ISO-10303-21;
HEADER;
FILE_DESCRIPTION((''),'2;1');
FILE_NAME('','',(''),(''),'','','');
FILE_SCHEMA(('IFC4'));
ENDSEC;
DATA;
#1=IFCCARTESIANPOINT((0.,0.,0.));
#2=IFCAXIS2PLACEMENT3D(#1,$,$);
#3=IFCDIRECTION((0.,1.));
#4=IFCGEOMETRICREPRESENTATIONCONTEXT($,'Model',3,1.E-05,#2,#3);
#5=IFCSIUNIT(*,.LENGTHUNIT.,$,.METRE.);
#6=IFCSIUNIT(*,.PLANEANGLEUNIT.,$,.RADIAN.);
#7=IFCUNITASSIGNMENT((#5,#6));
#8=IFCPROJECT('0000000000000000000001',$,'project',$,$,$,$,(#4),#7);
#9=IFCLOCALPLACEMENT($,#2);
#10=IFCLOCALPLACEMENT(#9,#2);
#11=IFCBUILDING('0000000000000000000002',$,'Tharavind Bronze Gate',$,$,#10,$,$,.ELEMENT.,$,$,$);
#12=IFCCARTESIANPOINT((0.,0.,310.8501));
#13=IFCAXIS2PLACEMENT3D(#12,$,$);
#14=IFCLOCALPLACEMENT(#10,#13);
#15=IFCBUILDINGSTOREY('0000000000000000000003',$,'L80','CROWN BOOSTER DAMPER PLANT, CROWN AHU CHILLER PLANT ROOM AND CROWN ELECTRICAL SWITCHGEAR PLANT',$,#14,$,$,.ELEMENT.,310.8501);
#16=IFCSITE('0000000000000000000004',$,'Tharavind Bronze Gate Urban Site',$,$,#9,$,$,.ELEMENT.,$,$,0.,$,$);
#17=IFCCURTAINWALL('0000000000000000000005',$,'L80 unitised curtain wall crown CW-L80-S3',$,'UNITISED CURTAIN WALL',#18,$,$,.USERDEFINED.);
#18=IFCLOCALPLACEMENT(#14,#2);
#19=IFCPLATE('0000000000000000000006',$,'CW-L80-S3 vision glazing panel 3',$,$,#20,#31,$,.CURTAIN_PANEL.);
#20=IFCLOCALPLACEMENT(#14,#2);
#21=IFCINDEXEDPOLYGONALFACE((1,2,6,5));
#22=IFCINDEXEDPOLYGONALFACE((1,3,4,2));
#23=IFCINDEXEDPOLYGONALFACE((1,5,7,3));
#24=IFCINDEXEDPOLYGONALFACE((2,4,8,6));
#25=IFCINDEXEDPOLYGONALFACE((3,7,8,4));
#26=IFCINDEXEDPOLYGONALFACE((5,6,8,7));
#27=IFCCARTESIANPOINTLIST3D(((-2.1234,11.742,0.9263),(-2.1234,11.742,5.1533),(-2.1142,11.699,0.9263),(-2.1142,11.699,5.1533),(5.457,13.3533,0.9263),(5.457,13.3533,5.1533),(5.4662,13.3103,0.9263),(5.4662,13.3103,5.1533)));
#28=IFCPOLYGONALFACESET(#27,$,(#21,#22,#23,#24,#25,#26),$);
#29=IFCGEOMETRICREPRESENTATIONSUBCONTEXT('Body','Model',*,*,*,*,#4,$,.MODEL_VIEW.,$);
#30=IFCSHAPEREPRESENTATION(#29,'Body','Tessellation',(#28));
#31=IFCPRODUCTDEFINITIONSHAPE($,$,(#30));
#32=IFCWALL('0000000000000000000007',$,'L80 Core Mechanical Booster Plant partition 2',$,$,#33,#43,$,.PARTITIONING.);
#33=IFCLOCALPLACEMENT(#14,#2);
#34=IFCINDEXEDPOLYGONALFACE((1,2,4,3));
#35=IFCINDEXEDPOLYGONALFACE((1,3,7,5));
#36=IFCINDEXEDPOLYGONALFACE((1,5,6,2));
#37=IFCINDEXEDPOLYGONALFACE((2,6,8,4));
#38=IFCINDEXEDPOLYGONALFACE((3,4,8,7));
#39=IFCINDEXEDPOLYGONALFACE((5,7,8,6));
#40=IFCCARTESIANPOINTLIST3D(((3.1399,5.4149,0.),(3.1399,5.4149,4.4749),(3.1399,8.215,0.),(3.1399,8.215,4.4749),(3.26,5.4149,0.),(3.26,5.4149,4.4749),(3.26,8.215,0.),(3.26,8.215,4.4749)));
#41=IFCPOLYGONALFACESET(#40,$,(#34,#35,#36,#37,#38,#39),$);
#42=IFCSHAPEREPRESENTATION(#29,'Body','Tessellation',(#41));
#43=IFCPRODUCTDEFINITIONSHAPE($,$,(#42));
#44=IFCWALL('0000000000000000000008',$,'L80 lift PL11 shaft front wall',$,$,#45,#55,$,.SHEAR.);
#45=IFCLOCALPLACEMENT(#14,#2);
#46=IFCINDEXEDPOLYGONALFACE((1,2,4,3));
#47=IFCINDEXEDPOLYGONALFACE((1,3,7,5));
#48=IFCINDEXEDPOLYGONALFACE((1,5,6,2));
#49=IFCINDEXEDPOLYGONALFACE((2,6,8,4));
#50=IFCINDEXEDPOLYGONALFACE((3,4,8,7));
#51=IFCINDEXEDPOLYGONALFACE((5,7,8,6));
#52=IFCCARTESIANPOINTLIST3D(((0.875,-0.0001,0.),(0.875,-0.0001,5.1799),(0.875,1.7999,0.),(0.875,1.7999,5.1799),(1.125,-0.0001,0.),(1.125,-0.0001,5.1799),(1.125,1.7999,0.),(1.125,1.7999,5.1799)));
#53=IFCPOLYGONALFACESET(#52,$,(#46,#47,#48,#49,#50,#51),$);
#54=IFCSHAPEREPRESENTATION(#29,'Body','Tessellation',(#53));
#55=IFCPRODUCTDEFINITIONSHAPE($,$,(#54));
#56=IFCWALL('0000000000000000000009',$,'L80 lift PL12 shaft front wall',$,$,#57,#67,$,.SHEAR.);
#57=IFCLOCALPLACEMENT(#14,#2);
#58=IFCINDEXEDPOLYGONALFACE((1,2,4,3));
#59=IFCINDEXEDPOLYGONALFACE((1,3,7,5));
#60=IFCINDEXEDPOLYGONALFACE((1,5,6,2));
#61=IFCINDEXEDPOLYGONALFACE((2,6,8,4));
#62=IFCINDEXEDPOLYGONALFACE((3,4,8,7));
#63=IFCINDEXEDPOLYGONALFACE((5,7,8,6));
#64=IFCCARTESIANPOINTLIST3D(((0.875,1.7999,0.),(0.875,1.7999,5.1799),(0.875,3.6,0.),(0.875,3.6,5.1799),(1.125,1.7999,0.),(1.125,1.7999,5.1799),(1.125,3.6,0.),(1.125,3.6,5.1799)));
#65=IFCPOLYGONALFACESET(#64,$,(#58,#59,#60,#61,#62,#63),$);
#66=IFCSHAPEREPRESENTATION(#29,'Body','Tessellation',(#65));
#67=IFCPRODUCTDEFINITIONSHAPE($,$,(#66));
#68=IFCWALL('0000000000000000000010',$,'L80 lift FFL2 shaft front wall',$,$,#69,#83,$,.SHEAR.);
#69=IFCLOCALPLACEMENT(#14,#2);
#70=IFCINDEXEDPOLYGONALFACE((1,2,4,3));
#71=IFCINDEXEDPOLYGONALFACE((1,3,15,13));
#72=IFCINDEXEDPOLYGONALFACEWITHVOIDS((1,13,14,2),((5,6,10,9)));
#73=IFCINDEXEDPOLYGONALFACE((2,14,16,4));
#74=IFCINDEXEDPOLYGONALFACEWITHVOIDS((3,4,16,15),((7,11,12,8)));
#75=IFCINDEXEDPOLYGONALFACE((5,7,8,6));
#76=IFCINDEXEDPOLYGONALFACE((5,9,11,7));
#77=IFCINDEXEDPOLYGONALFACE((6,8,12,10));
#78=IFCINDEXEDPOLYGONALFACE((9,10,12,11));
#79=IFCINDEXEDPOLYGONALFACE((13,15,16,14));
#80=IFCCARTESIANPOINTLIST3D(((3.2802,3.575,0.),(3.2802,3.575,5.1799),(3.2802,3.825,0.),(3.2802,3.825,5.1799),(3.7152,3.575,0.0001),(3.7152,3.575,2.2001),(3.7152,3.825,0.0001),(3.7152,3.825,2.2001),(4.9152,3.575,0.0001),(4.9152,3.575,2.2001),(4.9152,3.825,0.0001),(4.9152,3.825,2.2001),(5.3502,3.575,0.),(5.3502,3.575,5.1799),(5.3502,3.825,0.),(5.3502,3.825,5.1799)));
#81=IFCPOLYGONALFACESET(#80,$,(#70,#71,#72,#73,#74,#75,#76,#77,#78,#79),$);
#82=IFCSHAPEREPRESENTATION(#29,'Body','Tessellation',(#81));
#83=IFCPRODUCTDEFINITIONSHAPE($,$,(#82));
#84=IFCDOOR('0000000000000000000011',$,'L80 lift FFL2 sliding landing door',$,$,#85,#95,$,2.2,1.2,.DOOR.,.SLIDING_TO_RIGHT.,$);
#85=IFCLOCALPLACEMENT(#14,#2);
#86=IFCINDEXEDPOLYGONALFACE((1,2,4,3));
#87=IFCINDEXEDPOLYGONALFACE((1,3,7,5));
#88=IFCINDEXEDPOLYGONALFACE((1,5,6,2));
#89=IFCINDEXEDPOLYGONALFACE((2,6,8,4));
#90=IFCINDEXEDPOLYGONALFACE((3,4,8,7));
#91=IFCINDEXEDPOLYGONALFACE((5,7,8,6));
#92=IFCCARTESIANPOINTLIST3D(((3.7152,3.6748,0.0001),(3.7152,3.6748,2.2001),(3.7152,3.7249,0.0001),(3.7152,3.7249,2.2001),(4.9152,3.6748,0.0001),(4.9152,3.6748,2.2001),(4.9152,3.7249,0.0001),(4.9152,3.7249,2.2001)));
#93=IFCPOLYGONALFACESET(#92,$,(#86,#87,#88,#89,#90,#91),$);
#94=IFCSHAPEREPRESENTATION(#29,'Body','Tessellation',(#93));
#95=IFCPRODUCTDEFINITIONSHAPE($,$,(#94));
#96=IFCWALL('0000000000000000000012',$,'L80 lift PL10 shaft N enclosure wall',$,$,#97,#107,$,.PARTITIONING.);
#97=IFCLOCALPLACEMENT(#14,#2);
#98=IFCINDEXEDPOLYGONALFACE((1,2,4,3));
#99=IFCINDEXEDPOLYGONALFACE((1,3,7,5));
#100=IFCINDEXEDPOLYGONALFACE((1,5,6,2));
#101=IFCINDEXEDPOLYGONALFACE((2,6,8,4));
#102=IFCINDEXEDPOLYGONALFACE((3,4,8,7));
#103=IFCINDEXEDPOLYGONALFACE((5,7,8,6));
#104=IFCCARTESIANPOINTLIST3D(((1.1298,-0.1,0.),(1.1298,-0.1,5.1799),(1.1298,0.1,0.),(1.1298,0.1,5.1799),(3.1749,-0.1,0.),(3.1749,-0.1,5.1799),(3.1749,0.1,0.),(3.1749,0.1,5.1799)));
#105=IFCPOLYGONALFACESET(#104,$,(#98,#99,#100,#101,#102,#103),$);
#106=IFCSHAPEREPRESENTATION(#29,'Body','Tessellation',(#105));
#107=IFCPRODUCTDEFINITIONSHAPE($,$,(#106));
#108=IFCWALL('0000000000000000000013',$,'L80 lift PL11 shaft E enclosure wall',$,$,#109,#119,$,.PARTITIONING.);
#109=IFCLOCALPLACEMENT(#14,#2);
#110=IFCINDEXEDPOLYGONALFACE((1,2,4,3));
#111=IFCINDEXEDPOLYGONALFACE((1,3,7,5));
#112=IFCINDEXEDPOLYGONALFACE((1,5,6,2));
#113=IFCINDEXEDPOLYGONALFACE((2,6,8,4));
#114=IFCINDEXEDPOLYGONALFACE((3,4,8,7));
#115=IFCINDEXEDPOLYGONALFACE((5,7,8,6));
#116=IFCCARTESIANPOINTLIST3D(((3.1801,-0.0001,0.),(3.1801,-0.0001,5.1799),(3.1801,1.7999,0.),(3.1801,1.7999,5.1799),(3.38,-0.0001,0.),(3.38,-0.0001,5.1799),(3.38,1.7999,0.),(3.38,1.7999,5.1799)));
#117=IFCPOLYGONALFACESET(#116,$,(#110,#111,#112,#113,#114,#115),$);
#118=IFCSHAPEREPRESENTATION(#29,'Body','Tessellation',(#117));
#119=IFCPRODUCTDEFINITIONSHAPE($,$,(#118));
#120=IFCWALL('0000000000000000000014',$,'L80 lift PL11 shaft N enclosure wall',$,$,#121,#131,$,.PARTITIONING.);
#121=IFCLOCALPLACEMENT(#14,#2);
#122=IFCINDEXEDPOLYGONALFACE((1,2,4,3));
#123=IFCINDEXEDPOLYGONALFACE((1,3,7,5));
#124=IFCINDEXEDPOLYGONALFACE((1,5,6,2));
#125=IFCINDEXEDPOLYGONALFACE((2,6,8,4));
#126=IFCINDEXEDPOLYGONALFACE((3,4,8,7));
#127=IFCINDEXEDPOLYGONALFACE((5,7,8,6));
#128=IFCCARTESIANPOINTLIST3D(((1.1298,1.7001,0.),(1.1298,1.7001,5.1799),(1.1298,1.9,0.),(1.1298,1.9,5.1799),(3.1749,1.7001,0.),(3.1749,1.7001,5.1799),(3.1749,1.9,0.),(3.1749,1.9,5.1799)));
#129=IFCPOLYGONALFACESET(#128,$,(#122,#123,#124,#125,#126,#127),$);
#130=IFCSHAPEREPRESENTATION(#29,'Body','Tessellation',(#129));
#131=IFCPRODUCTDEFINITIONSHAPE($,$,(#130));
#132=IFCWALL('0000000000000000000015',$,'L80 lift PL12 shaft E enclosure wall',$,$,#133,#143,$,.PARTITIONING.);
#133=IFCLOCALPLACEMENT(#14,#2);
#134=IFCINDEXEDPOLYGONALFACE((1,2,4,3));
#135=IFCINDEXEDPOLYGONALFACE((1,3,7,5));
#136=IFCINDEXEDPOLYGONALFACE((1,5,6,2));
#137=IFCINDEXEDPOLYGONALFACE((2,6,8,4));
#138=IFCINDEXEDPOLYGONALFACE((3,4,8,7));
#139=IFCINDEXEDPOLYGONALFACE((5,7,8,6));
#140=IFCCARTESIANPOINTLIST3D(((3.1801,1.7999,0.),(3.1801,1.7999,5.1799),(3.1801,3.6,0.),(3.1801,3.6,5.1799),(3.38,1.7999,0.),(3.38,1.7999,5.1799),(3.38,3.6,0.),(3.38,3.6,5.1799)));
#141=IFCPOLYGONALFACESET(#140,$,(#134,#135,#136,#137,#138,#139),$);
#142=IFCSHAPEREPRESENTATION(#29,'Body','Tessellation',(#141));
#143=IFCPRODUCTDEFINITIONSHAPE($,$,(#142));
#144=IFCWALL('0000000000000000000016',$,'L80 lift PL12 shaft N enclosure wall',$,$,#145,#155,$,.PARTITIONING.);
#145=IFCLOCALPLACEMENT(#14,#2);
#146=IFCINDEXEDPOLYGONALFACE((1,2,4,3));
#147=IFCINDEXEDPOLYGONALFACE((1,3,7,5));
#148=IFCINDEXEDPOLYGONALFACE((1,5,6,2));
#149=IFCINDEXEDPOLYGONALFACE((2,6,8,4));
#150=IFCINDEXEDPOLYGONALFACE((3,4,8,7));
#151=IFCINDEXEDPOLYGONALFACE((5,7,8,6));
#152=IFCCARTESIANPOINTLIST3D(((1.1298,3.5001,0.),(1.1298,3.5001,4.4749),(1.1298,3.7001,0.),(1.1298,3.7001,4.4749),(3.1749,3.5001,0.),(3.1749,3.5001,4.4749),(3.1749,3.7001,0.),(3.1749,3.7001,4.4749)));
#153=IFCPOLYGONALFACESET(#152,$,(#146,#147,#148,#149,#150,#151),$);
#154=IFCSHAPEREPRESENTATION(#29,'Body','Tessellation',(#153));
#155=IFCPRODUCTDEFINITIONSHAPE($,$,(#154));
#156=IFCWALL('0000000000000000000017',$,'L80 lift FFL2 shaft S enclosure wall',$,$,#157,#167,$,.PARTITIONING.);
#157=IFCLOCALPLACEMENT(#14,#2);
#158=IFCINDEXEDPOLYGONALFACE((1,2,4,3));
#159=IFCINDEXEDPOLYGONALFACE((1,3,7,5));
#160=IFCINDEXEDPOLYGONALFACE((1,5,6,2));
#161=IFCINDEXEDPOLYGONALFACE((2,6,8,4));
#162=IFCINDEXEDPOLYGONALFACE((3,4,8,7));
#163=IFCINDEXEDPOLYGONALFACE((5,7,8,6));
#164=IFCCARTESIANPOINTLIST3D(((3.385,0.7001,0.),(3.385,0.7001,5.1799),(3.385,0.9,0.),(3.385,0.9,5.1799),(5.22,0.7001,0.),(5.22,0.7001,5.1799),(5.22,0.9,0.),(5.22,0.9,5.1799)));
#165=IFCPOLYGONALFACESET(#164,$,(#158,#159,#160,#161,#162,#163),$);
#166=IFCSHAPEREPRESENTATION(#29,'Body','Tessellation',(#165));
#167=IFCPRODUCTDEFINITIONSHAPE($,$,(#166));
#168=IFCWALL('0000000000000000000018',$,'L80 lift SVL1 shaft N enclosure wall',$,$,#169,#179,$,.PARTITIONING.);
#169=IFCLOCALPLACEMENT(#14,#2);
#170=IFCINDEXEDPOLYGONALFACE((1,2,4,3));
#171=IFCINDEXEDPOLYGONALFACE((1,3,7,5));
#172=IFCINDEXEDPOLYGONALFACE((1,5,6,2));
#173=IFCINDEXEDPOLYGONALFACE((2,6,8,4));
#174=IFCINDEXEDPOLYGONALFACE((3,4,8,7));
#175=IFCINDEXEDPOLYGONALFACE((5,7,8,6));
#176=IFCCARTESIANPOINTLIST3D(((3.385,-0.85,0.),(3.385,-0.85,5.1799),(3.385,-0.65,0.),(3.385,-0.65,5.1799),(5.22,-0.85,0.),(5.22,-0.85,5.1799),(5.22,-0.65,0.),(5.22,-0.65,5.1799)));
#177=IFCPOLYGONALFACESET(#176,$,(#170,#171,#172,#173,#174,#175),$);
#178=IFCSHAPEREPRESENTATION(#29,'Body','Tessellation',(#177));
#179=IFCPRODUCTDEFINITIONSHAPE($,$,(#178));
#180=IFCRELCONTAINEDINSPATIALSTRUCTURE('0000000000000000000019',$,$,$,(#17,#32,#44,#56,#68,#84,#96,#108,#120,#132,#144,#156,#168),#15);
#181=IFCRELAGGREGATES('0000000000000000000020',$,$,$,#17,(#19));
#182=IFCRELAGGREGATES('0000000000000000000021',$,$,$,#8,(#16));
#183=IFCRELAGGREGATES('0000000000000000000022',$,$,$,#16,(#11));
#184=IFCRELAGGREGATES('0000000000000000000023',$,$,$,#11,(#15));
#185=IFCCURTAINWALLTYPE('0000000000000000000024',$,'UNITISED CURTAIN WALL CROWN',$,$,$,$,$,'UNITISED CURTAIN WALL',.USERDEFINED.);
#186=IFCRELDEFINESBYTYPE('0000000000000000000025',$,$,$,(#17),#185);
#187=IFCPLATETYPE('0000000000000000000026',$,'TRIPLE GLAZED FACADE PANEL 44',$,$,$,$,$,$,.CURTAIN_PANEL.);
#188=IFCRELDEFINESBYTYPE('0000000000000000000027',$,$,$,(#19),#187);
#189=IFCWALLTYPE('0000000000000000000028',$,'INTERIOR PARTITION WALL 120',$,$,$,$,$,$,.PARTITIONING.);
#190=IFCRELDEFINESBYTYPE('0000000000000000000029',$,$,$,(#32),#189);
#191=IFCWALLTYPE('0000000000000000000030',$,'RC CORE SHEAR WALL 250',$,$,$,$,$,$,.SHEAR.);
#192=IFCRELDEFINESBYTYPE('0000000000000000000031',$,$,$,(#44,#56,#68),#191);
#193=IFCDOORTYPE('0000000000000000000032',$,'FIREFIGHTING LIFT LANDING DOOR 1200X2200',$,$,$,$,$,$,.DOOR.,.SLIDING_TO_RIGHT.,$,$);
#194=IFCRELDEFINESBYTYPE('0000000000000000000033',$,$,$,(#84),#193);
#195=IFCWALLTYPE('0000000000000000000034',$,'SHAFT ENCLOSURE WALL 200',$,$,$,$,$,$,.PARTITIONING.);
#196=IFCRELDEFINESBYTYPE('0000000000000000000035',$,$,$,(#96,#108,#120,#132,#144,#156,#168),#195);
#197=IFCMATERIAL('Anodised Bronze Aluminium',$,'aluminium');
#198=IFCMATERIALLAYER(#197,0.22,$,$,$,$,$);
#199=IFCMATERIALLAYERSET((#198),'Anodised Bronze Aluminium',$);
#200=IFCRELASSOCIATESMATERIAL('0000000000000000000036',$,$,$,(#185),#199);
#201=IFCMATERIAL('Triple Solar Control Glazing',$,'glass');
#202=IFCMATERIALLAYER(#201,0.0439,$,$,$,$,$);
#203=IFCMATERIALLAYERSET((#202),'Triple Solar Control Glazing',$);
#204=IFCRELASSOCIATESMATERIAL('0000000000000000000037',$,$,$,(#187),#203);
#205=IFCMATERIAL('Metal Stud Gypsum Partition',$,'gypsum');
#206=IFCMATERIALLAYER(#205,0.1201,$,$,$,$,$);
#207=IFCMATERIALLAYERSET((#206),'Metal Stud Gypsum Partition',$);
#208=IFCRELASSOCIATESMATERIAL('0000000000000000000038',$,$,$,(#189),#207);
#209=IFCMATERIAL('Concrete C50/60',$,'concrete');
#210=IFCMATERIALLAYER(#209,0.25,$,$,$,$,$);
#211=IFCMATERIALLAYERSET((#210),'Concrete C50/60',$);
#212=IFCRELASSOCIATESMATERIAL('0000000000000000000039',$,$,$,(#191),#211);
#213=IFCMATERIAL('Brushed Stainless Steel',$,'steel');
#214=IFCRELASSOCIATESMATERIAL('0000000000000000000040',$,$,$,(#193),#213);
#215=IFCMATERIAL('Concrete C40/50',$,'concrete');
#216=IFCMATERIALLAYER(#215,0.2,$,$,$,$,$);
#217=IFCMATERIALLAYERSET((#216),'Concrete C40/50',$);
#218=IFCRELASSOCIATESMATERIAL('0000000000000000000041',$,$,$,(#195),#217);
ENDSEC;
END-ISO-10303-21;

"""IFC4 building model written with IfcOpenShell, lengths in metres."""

from ifc_helpers import new_model, si_unit, direction, frame, frame_2d, origin, origin_2d, place, context, subcontext, project, spatial, rectangle, extrude, material, layer, layer_set, type_object, element, fill, aggregate, save


model = new_model("IFC4")

# Units and contexts
model_context = context("Model", 3, precision=1e-05, world=origin(), true_north=direction((0.0, 1.0)))
body_context = subcontext(model_context, "Body", "Model", "MODEL_VIEW")
ifc_project = project(units=[si_unit("LENGTHUNIT", "METRE"), si_unit("PLANEANGLEUNIT", "RADIAN")], contexts=[model_context])

# Site, building, storey
site_placement = place(None, origin())
site = spatial("IfcSite", under=ifc_project, at=site_placement, Name="Tharavind Bronze Gate Urban Site", CompositionType="ELEMENT", RefElevation=0.0)
building_placement = place(site_placement, origin())
building = spatial("IfcBuilding", under=site, at=building_placement, Name="Tharavind Bronze Gate", CompositionType="ELEMENT")
storey_placement = place(building_placement, frame((0.0, 0.0, 310.8501)))
storey = spatial("IfcBuildingStorey", under=building, at=storey_placement, Name="L80", Description="CROWN BOOSTER DAMPER PLANT, CROWN AHU CHILLER PLANT ROOM AND CROWN ELECTRICAL SWITCHGEAR PLANT", CompositionType="ELEMENT", Elevation=310.8501)

# Shared definitions
ifc_material_1 = material(Name="Concrete C50/60", Category="concrete")

# Curtain wall
ifc_material_2 = material(Name="Anodised Bronze Aluminium", Category="aluminium")
ifc_layer_1 = layer(ifc_material_2, 0.22)
ifc_layer_set_1 = layer_set([ifc_layer_1], Name="Anodised Bronze Aluminium")
curtain_wall_type = type_object("IfcCurtainWallType", Name="UNITISED CURTAIN WALL CROWN", ElementType="UNITISED CURTAIN WALL", PredefinedType="USERDEFINED", material=ifc_layer_set_1)
curtain_wall_placement = place(storey_placement, origin())
curtain_wall = element("IfcCurtainWall", 1, at=curtain_wall_placement, inside=storey, type_object=curtain_wall_type, Name="L80 unitised curtain wall crown CW-L80-S3", ObjectType="UNITISED CURTAIN WALL", PredefinedType="USERDEFINED")

# Plate
ifc_material_3 = material(Name="Triple Solar Control Glazing", Category="glass")
ifc_layer_2 = layer(ifc_material_3, 0.0439)
ifc_layer_set_2 = layer_set([ifc_layer_2], Name="Triple Solar Control Glazing")
plate_type_1 = type_object("IfcPlateType", Name="TRIPLE GLAZED FACADE PANEL 44", PredefinedType="CURTAIN_PANEL", material=ifc_layer_set_2)
plate_1_placement = place(storey_placement, frame((1.6714, 12.5261, 0.9263), z_axis=(0.0, 0.0, 1.0), x_axis=(-0.978147, -0.207913, 0.0)))
plate_1 = element("IfcPlate", 2, at=plate_1_placement, type_object=plate_type_1, Name="CW-L80-S3 vision glazing panel 3", PredefinedType="CURTAIN_PANEL", context=body_context, shape_type="SweptSolid", body=[
    extrude(rectangle(XDim=7.7498, YDim=0.0439, at=origin_2d()), origin(), (0.0, 0.0, 1.0), 4.2271),
])
aggregate(curtain_wall, [plate_1])

# Wall
ifc_material_4 = material(Name="Metal Stud Gypsum Partition", Category="gypsum")
ifc_layer_3 = layer(ifc_material_4, 0.1201)
ifc_layer_set_3 = layer_set([ifc_layer_3], Name="Metal Stud Gypsum Partition")
wall_type_1 = type_object("IfcWallType", Name="INTERIOR PARTITION WALL 120", PredefinedType="PARTITIONING", material=ifc_layer_set_3)
wall_1_placement = place(storey_placement, frame((3.2, 5.415, 0.0), z_axis=(0.0, 0.0, 1.0), x_axis=(0.0, 1.0, 0.0)))
element("IfcWall", 3, at=wall_1_placement, inside=storey, type_object=wall_type_1, Name="L80 Core Mechanical Booster Plant partition 2", PredefinedType="PARTITIONING", context=body_context, shape_type="SweptSolid", body=[
    extrude(rectangle(XDim=2.8, YDim=0.1201, at=frame_2d((1.3999, 0.0))), origin(), (0.0, 0.0, 1.0), 4.4749),
])

# Shared definitions
ifc_layer_4 = layer(ifc_material_1, 0.25)
ifc_layer_set_4 = layer_set([ifc_layer_4], Name="Concrete C50/60")
wall_type_2 = type_object("IfcWallType", Name="RC CORE SHEAR WALL 250", PredefinedType="SHEAR", material=ifc_layer_set_4)

# Walls
for number, where, z_axis, x_axis, name in (
    (4, (1.0, 0.0, 0.0), (0.0, 0.0, 1.0), (0.0, 1.0, 0.0), "L80 lift PL11 shaft front wall"),
    (5, (1.0, 1.8, 0.0), (0.0, 0.0, 1.0), (0.0, 1.0, 0.0), "L80 lift PL12 shaft front wall"),
):
    element("IfcWall", number, at=place(storey_placement, frame(where, z_axis=z_axis, x_axis=x_axis)), inside=storey, type_object=wall_type_2, Name=name, PredefinedType="SHEAR", context=body_context, shape_type="SweptSolid", body=[
        extrude(rectangle(XDim=1.8, YDim=0.25, at=frame_2d((0.8999, 0.0))), origin(), (0.0, 0.0, 1.0), 5.1799),
    ])

# Wall, opening, door
wall_2_placement = place(storey_placement, frame((3.28, 3.7, 0.0), z_axis=(0.0, 0.0, 1.0), x_axis=(1.0, 0.0, 0.0)))
wall_2 = element("IfcWall", 6, at=wall_2_placement, inside=storey, type_object=wall_type_2, Name="L80 lift FFL2 shaft front wall", PredefinedType="SHEAR", context=body_context, shape_type="SweptSolid", body=[
    extrude(rectangle(XDim=2.0701, YDim=0.25, at=frame_2d((1.0352, 0.0))), origin(), (0.0, 0.0, 1.0), 5.1799),
])
opening_1_placement = place(wall_2_placement, frame((0.4351, 0.0, 0.0)))
opening_1 = element("IfcOpeningElement", 7, at=opening_1_placement, cuts=wall_2, PredefinedType="OPENING", context=body_context, shape_type="SweptSolid", body=[
    extrude(rectangle(XDim=1.2, YDim=2.2, at=frame_2d((0.6001, 1.1001))), frame((0.0, 0.135, 0.0), z_axis=(0.0, -1.0, 0.0), x_axis=(1.0, 0.0, 0.0)), (0.0, 0.0, 1.0), 0.27),
])
ifc_material_5 = material(Name="Brushed Stainless Steel", Category="steel")
door_type_1 = type_object("IfcDoorType", Name="FIREFIGHTING LIFT LANDING DOOR 1200X2200", OperationType="SLIDING_TO_RIGHT", PredefinedType="DOOR", material=ifc_material_5)
door_1_placement = place(opening_1_placement, origin())
door_1 = element("IfcDoor", 8, at=door_1_placement, inside=storey, type_object=door_type_1, Name="L80 lift FFL2 sliding landing door", OperationType="SLIDING_TO_RIGHT", OverallHeight=2.2, OverallWidth=1.2, PredefinedType="DOOR", context=body_context, shape_type="SweptSolid", body=[
    extrude(rectangle(XDim=1.2, YDim=2.2, at=frame_2d((0.6001, 1.1001))), frame((0.0, 0.0249, 0.0), z_axis=(0.0, -1.0, 0.0), x_axis=(1.0, 0.0, 0.0)), (0.0, 0.0, 1.0), 0.05),
])
fill(opening_1, door_1)

# Walls
ifc_material_6 = material(Name="Concrete C40/50", Category="concrete")
ifc_layer_5 = layer(ifc_material_6, 0.2)
ifc_layer_set_5 = layer_set([ifc_layer_5], Name="Concrete C40/50")
wall_type_3 = type_object("IfcWallType", Name="SHAFT ENCLOSURE WALL 200", PredefinedType="PARTITIONING", material=ifc_layer_set_5)
wall_3_placement = place(storey_placement, frame((1.1299, 0.0, 0.0), z_axis=(0.0, 0.0, 1.0), x_axis=(1.0, 0.0, 0.0)))
element("IfcWall", 9, at=wall_3_placement, inside=storey, type_object=wall_type_3, Name="L80 lift PL10 shaft N enclosure wall", PredefinedType="PARTITIONING", context=body_context, shape_type="SweptSolid", body=[
    extrude(rectangle(XDim=2.0452, YDim=0.2, at=frame_2d((1.0225, 0.0))), origin(), (0.0, 0.0, 1.0), 5.1799),
])
wall_4_placement = place(storey_placement, frame((3.28, 0.0, 0.0), z_axis=(0.0, 0.0, 1.0), x_axis=(0.0, 1.0, 0.0)))
element("IfcWall", 10, at=wall_4_placement, inside=storey, type_object=wall_type_3, Name="L80 lift PL11 shaft E enclosure wall", PredefinedType="PARTITIONING", context=body_context, shape_type="SweptSolid", body=[
    extrude(rectangle(XDim=1.8, YDim=0.2, at=frame_2d((0.8999, 0.0))), origin(), (0.0, 0.0, 1.0), 5.1799),
])
wall_5_placement = place(storey_placement, frame((1.1299, 1.8, 0.0), z_axis=(0.0, 0.0, 1.0), x_axis=(1.0, 0.0, 0.0)))
element("IfcWall", 11, at=wall_5_placement, inside=storey, type_object=wall_type_3, Name="L80 lift PL11 shaft N enclosure wall", PredefinedType="PARTITIONING", context=body_context, shape_type="SweptSolid", body=[
    extrude(rectangle(XDim=2.0452, YDim=0.2, at=frame_2d((1.0225, 0.0))), origin(), (0.0, 0.0, 1.0), 5.1799),
])
wall_6_placement = place(storey_placement, frame((3.28, 1.8, 0.0), z_axis=(0.0, 0.0, 1.0), x_axis=(0.0, 1.0, 0.0)))
element("IfcWall", 12, at=wall_6_placement, inside=storey, type_object=wall_type_3, Name="L80 lift PL12 shaft E enclosure wall", PredefinedType="PARTITIONING", context=body_context, shape_type="SweptSolid", body=[
    extrude(rectangle(XDim=1.8, YDim=0.2, at=frame_2d((0.8999, 0.0))), origin(), (0.0, 0.0, 1.0), 5.1799),
])
wall_7_placement = place(storey_placement, frame((1.1299, 3.6001, 0.0), z_axis=(0.0, 0.0, 1.0), x_axis=(1.0, 0.0, 0.0)))
element("IfcWall", 13, at=wall_7_placement, inside=storey, type_object=wall_type_3, Name="L80 lift PL12 shaft N enclosure wall", PredefinedType="PARTITIONING", context=body_context, shape_type="SweptSolid", body=[
    extrude(rectangle(XDim=2.0452, YDim=0.2, at=frame_2d((1.0225, 0.0))), origin(), (0.0, 0.0, 1.0), 4.4749),
])
for number, where, z_axis, x_axis, name in (
    (14, (3.385, 0.8, 0.0), (0.0, 0.0, 1.0), (1.0, 0.0, 0.0), "L80 lift FFL2 shaft S enclosure wall"),
    (15, (3.385, -0.75, 0.0), (0.0, 0.0, 1.0), (1.0, 0.0, 0.0), "L80 lift SVL1 shaft N enclosure wall"),
):
    element("IfcWall", number, at=place(storey_placement, frame(where, z_axis=z_axis, x_axis=x_axis)), inside=storey, type_object=wall_type_3, Name=name, PredefinedType="PARTITIONING", context=body_context, shape_type="SweptSolid", body=[
        extrude(rectangle(XDim=1.835, YDim=0.2, at=frame_2d((0.9175, 0.0))), origin(), (0.0, 0.0, 1.0), 5.1799),
    ])

save(model, "model.ifc")
